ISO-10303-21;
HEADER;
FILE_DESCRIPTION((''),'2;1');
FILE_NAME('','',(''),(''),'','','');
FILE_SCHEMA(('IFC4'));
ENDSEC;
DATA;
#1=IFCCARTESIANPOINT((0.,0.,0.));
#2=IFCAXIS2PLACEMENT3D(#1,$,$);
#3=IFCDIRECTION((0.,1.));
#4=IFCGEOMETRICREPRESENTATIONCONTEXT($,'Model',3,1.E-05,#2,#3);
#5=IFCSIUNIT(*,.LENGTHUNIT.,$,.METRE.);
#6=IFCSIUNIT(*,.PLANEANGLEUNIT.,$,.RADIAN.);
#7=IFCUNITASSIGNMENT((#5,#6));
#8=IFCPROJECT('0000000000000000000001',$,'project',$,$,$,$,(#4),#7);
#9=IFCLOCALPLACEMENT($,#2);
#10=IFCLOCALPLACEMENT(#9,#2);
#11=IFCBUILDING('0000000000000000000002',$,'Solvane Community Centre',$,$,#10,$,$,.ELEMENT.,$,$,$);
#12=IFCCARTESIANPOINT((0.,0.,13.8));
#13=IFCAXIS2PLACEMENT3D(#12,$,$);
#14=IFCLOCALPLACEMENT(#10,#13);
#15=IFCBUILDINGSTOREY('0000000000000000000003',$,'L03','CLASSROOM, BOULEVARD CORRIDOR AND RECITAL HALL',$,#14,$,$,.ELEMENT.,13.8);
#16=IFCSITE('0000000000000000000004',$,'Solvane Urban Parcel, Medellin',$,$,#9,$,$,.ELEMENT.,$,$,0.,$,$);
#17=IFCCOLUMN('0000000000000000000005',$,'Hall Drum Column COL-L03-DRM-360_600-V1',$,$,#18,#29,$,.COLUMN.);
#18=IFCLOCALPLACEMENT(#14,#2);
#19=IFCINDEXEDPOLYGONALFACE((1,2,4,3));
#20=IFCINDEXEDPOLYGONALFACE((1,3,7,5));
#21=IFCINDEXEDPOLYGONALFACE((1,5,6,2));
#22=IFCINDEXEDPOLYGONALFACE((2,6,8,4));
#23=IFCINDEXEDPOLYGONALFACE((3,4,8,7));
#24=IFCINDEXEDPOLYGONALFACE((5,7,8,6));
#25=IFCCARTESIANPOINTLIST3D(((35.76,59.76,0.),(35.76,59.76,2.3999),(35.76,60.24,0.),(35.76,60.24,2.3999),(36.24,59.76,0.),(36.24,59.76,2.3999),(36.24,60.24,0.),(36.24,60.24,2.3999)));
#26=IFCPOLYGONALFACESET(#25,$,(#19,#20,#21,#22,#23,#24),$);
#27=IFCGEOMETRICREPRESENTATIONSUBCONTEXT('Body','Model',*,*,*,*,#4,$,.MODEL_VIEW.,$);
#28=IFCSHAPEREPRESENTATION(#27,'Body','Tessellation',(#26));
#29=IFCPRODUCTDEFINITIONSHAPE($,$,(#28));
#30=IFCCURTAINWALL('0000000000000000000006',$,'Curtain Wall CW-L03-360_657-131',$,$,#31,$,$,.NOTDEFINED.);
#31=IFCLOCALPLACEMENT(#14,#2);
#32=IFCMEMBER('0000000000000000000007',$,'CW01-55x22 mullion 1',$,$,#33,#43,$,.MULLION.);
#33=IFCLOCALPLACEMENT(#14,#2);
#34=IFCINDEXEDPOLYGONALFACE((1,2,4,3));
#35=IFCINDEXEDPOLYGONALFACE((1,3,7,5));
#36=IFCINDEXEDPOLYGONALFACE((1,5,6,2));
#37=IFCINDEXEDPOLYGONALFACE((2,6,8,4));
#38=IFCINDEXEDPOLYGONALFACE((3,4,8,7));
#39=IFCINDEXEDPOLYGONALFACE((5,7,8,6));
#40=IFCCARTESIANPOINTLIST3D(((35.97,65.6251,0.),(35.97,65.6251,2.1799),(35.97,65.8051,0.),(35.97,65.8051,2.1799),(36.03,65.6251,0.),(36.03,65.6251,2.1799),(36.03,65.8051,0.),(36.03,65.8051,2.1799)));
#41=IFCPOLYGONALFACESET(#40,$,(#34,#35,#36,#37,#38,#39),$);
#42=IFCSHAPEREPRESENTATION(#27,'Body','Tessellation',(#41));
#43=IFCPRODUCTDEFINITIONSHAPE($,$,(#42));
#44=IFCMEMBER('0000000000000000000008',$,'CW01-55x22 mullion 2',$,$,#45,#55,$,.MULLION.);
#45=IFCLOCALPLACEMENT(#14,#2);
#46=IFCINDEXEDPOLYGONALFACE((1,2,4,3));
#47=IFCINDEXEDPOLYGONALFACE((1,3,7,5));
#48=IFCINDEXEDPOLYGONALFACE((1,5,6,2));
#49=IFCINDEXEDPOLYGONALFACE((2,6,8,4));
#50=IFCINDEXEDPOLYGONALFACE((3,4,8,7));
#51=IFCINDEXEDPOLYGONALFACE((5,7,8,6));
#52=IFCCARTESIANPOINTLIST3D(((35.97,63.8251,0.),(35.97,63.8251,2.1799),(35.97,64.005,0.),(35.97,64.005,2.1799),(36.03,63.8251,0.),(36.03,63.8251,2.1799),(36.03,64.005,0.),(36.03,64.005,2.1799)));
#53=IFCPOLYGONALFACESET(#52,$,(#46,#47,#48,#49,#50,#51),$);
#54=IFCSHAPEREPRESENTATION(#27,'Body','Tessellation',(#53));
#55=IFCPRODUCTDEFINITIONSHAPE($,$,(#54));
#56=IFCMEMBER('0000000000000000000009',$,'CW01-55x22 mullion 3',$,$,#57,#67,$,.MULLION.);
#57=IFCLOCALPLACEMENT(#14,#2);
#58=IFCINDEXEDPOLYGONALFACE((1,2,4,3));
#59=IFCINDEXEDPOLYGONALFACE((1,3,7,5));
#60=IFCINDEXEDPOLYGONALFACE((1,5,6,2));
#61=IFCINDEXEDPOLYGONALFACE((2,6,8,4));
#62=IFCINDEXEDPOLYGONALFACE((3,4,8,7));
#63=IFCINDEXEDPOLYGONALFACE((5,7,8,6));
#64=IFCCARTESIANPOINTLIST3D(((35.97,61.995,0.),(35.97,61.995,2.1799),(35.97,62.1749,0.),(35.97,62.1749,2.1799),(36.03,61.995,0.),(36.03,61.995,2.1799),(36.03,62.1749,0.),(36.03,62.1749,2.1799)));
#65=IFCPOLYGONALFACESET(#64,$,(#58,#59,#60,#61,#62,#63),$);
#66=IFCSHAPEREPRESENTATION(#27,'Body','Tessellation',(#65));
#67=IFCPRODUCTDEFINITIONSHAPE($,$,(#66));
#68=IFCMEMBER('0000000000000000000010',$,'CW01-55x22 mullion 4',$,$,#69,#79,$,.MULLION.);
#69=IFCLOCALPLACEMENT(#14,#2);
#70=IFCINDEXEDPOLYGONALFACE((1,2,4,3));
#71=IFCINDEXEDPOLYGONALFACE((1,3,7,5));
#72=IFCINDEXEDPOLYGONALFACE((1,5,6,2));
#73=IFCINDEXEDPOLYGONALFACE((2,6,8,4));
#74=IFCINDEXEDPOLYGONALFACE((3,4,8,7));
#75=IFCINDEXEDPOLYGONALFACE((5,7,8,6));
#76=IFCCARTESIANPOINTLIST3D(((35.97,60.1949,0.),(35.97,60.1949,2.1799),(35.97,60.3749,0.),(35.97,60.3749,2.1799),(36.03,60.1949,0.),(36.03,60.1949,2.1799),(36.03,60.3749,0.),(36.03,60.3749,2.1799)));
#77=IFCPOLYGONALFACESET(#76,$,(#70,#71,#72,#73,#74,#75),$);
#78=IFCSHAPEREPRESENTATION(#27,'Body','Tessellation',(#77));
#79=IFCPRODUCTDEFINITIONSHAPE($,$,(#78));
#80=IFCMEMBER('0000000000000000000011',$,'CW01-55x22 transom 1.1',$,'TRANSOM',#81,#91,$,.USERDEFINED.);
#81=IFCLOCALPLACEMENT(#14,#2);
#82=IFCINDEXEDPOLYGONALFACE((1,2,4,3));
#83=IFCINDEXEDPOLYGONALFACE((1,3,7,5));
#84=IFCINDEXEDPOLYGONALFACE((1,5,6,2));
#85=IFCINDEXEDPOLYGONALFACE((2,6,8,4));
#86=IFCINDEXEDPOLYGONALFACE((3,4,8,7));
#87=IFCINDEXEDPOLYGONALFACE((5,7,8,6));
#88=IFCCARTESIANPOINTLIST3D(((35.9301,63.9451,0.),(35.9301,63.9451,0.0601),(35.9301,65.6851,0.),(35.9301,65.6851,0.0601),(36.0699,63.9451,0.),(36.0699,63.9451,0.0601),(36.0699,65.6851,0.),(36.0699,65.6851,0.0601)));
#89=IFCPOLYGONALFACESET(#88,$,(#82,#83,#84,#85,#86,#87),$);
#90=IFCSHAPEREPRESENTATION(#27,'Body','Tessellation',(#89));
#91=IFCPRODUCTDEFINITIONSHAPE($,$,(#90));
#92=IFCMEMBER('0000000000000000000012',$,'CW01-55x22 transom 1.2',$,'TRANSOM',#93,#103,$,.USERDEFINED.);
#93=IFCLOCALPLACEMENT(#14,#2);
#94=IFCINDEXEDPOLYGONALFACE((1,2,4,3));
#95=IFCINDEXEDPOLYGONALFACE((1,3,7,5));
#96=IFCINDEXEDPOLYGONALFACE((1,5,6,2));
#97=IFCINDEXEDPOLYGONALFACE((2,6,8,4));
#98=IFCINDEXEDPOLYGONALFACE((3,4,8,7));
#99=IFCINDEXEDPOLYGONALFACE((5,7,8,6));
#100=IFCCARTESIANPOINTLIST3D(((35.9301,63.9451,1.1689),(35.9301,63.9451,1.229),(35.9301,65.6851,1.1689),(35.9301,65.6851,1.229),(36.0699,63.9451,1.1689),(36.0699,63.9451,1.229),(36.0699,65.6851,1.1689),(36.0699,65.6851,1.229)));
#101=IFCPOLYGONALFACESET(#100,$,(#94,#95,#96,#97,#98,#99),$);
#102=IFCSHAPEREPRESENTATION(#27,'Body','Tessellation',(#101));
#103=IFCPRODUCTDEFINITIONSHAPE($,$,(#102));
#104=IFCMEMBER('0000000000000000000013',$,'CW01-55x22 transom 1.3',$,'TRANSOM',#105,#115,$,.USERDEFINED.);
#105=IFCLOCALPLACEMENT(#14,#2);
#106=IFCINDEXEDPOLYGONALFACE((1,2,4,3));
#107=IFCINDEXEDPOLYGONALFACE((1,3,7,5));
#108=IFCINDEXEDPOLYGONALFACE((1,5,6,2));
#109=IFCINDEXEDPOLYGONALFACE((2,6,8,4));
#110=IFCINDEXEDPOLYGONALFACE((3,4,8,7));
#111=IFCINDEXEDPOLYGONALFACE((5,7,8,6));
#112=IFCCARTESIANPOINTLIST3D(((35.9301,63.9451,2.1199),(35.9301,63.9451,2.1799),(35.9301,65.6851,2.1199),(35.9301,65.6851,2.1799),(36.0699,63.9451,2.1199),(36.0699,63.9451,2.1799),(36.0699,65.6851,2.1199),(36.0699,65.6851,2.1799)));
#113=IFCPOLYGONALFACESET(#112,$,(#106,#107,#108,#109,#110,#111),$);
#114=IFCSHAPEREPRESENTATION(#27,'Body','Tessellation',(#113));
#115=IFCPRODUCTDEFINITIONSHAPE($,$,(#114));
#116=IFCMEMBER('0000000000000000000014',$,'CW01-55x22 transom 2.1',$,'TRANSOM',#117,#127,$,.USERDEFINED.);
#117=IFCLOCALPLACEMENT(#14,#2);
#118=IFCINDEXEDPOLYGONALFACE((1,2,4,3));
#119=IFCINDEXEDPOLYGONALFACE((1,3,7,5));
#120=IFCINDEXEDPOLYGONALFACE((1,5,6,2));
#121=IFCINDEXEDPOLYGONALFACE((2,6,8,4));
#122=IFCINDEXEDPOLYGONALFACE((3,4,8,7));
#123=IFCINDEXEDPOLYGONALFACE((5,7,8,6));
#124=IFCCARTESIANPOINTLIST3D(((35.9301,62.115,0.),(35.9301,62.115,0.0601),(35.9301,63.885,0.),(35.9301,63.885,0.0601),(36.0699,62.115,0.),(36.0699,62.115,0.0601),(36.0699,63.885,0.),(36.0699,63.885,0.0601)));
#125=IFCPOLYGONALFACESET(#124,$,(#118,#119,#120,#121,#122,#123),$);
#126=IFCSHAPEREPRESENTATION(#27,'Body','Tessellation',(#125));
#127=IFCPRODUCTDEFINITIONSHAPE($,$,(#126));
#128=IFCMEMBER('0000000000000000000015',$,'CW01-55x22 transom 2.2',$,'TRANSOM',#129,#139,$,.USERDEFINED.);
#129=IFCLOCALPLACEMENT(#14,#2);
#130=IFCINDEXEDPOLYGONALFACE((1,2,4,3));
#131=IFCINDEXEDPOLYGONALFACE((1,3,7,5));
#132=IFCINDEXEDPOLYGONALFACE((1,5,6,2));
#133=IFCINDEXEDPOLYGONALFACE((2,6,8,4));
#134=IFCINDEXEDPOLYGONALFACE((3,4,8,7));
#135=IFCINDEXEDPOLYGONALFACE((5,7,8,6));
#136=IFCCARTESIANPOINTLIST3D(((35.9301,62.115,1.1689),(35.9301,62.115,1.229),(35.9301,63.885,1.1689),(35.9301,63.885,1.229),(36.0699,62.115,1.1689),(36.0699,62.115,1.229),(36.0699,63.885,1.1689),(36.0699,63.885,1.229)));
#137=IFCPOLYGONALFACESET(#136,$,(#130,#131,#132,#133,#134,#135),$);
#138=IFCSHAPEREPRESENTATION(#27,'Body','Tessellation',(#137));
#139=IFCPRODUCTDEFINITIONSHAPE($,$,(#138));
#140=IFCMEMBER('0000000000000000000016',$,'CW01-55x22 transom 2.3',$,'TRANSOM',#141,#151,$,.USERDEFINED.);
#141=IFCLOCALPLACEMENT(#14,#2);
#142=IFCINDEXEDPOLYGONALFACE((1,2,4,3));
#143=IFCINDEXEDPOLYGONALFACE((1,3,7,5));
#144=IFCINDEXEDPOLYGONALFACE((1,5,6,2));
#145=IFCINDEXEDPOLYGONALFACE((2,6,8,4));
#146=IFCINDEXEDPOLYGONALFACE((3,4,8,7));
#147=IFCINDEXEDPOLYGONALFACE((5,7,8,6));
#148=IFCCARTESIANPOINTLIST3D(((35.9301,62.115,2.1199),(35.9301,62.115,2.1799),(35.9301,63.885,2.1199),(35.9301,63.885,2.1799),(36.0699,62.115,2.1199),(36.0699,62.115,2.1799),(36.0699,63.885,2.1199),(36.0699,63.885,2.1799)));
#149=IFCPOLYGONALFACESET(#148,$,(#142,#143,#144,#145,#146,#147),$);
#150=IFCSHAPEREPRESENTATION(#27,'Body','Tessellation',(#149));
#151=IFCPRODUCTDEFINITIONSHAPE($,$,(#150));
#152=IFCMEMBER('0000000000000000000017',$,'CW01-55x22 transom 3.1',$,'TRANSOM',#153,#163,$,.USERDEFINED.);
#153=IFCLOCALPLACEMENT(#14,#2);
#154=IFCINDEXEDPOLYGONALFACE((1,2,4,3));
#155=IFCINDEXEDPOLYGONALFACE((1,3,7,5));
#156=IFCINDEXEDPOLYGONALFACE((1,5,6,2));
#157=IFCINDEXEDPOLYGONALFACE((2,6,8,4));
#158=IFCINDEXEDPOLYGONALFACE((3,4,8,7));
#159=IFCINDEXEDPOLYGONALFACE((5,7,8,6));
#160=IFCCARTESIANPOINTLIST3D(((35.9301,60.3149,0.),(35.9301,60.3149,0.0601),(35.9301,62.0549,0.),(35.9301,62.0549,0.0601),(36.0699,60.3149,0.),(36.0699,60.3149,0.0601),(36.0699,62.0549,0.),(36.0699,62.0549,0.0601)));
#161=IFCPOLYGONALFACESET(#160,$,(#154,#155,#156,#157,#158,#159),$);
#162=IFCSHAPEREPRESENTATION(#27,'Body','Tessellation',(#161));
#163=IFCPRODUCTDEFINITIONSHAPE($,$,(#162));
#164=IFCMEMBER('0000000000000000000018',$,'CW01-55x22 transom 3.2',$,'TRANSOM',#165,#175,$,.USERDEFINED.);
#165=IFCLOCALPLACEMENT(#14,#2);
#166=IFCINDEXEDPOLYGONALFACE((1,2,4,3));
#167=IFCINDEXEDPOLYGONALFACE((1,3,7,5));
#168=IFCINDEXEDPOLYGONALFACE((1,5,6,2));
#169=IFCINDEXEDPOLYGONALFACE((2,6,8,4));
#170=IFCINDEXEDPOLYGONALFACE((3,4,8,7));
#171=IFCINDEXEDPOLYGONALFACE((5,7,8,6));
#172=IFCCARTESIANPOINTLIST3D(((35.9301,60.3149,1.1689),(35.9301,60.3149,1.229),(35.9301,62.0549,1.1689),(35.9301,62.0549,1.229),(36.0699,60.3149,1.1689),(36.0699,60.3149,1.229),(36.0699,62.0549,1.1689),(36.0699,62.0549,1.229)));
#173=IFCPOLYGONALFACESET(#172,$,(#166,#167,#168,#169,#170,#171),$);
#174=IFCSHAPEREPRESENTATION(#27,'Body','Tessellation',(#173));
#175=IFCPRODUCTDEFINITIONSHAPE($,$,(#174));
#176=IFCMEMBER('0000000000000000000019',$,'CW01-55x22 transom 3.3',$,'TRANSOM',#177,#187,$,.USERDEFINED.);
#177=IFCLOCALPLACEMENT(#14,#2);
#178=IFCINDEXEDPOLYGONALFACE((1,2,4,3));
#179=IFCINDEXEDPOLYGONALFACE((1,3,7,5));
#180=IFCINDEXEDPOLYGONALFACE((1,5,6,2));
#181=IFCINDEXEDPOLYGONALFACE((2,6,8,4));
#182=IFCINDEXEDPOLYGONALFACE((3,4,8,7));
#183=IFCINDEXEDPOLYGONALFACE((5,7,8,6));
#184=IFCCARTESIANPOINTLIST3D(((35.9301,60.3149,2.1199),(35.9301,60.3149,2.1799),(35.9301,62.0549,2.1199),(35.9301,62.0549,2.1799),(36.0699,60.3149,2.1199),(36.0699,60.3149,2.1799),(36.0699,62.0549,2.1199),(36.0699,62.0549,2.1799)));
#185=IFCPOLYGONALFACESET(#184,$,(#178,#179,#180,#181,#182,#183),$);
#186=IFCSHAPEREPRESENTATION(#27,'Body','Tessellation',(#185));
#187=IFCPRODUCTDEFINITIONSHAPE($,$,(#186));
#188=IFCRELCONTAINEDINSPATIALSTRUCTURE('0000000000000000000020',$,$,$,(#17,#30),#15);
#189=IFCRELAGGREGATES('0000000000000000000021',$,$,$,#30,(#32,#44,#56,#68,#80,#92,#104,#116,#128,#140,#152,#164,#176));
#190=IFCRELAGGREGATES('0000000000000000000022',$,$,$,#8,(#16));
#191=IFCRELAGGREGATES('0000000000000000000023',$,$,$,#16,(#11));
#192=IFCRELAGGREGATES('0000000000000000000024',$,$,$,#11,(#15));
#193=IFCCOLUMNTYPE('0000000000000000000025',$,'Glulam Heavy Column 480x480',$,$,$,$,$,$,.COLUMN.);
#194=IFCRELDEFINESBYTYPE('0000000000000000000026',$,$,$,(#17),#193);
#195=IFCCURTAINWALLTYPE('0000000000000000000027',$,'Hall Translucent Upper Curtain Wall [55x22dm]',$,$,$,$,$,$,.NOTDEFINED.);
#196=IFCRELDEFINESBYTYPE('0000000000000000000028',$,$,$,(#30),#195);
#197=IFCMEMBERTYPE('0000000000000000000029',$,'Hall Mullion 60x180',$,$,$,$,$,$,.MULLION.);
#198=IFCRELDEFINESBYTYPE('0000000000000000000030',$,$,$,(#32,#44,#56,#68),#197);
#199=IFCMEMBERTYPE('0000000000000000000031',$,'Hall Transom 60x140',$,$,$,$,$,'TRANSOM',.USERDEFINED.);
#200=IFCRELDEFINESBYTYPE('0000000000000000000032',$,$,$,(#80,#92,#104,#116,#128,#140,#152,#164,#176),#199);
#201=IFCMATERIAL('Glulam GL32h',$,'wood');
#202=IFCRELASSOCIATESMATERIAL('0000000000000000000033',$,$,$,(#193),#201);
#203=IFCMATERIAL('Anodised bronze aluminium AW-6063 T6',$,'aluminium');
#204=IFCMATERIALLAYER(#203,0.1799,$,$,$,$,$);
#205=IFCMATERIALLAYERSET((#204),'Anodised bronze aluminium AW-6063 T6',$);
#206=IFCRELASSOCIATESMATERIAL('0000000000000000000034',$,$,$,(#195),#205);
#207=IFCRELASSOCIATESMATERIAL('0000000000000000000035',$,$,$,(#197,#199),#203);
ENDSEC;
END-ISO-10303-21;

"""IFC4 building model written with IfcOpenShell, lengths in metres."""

from ifc_helpers import new_model, si_unit, direction, frame, origin, origin_2d, place, context, subcontext, project, spatial, rectangle, extrude, material, layer, layer_set, material_profile, profile_set, type_object, element, aggregate, save


model = new_model("IFC4")

# Units and contexts
model_context = context("Model", 3, precision=1e-05, world=origin(), true_north=direction((0.0, 1.0)))
body_context = subcontext(model_context, "Body", "Model", "MODEL_VIEW")
ifc_project = project(units=[si_unit("LENGTHUNIT", "METRE"), si_unit("PLANEANGLEUNIT", "RADIAN")], contexts=[model_context])

# Site, building, storey
site_placement = place(None, origin())
site = spatial("IfcSite", under=ifc_project, at=site_placement, Name="Solvane Urban Parcel, Medellin", CompositionType="ELEMENT", RefElevation=0.0)
building_placement = place(site_placement, origin())
building = spatial("IfcBuilding", under=site, at=building_placement, Name="Solvane Community Centre", CompositionType="ELEMENT")
storey_placement = place(building_placement, frame((0.0, 0.0, 13.8)))
storey = spatial("IfcBuildingStorey", under=building, at=storey_placement, Name="L03", Description="CLASSROOM, BOULEVARD CORRIDOR AND RECITAL HALL", CompositionType="ELEMENT", Elevation=13.8)

# Column
ifc_material_1 = material(Name="Glulam GL32h", Category="wood")
ifc_material_profile_1 = material_profile(ifc_material_1, rectangle(XDim=0.48, YDim=0.48, at=origin_2d()), Name="GL32h 480x480")
ifc_profile_set_1 = profile_set([ifc_material_profile_1], Name="Glulam GL32h")
column_type = type_object("IfcColumnType", Name="Glulam Heavy Column 480x480", PredefinedType="COLUMN", material=ifc_profile_set_1)
column_placement = place(storey_placement, frame((36.0, 60.0, 0.0), z_axis=(0.0, 0.0, 1.0), x_axis=(1.0, 0.0, 0.0)))
element("IfcColumn", 1, at=column_placement, inside=storey, type_object=column_type, Name="Hall Drum Column COL-L03-DRM-360_600-V1", PredefinedType="COLUMN", context=body_context, shape_type="SweptSolid", body=[
    extrude(rectangle(XDim=0.48, YDim=0.48, at=origin_2d()), origin(), (0.0, 0.0, 1.0), 2.3999),
])

# Curtain wall, members
ifc_material_2 = material(Name="Anodised bronze aluminium AW-6063 T6", Category="aluminium")
ifc_layer_1 = layer(ifc_material_2, 0.1799)
ifc_layer_set_1 = layer_set([ifc_layer_1], Name="Anodised bronze aluminium AW-6063 T6")
curtain_wall_type = type_object("IfcCurtainWallType", Name="Hall Translucent Upper Curtain Wall [55x22dm]", PredefinedType="NOTDEFINED", material=ifc_layer_set_1)
curtain_wall_placement = place(storey_placement, origin())
curtain_wall = element("IfcCurtainWall", 2, at=curtain_wall_placement, inside=storey, type_object=curtain_wall_type, Name="Curtain Wall CW-L03-360_657-131", PredefinedType="NOTDEFINED")
ifc_material_profile_2 = material_profile(ifc_material_2, rectangle(XDim=0.0601, YDim=0.1799, at=origin_2d()), Name="CW-M 60x180")
ifc_profile_set_2 = profile_set([ifc_material_profile_2], Name="Anodised bronze aluminium AW-6063 T6")
member_type_1 = type_object("IfcMemberType", Name="Hall Mullion 60x180", PredefinedType="MULLION", material=ifc_profile_set_2)
member_1_placement = place(storey_placement, frame((36.0, 65.7151, 0.0), z_axis=(0.0, 0.0, 1.0), x_axis=(1.0, 0.0, 0.0)))
member_1 = element("IfcMember", 3, at=member_1_placement, type_object=member_type_1, Name="CW01-55x22 mullion 1", PredefinedType="MULLION", context=body_context, shape_type="SweptSolid", body=[
    extrude(rectangle(XDim=0.0601, YDim=0.1799, at=origin_2d()), origin(), (0.0, 0.0, 1.0), 2.1799),
])
member_2_placement = place(storey_placement, frame((36.0, 63.915, 0.0), z_axis=(0.0, 0.0, 1.0), x_axis=(1.0, 0.0, 0.0)))
member_2 = element("IfcMember", 4, at=member_2_placement, type_object=member_type_1, Name="CW01-55x22 mullion 2", PredefinedType="MULLION", context=body_context, shape_type="SweptSolid", body=[
    extrude(rectangle(XDim=0.0601, YDim=0.1799, at=origin_2d()), origin(), (0.0, 0.0, 1.0), 2.1799),
])
member_3_placement = place(storey_placement, frame((36.0, 62.085, 0.0), z_axis=(0.0, 0.0, 1.0), x_axis=(1.0, 0.0, 0.0)))
member_3 = element("IfcMember", 5, at=member_3_placement, type_object=member_type_1, Name="CW01-55x22 mullion 3", PredefinedType="MULLION", context=body_context, shape_type="SweptSolid", body=[
    extrude(rectangle(XDim=0.0601, YDim=0.1799, at=origin_2d()), origin(), (0.0, 0.0, 1.0), 2.1799),
])
member_4_placement = place(storey_placement, frame((36.0, 60.2849, 0.0), z_axis=(0.0, 0.0, 1.0), x_axis=(1.0, 0.0, 0.0)))
member_4 = element("IfcMember", 6, at=member_4_placement, type_object=member_type_1, Name="CW01-55x22 mullion 4", PredefinedType="MULLION", context=body_context, shape_type="SweptSolid", body=[
    extrude(rectangle(XDim=0.0601, YDim=0.1799, at=origin_2d()), origin(), (0.0, 0.0, 1.0), 2.1799),
])
ifc_material_profile_3 = material_profile(ifc_material_2, rectangle(XDim=0.1399, YDim=0.0601, at=origin_2d()), Name="CW-T 60x140")
ifc_profile_set_3 = profile_set([ifc_material_profile_3], Name="Anodised bronze aluminium AW-6063 T6")
member_type_2 = type_object("IfcMemberType", Name="Hall Transom 60x140", ElementType="TRANSOM", PredefinedType="USERDEFINED", material=ifc_profile_set_3)
member_5_placement = place(storey_placement, frame((36.0, 65.6851, 0.03), z_axis=(0.0, -1.0, 0.0), x_axis=(1.0, 0.0, 0.0)))
member_5 = element("IfcMember", 7, at=member_5_placement, type_object=member_type_2, Name="CW01-55x22 transom 1.1", ObjectType="TRANSOM", PredefinedType="USERDEFINED", context=body_context, shape_type="SweptSolid", body=[
    extrude(rectangle(XDim=0.1399, YDim=0.0601, at=origin_2d()), origin(), (0.0, 0.0, 1.0), 1.74),
])
member_6_placement = place(storey_placement, frame((36.0, 65.6851, 1.199), z_axis=(0.0, -1.0, 0.0), x_axis=(1.0, 0.0, 0.0)))
member_6 = element("IfcMember", 8, at=member_6_placement, type_object=member_type_2, Name="CW01-55x22 transom 1.2", ObjectType="TRANSOM", PredefinedType="USERDEFINED", context=body_context, shape_type="SweptSolid", body=[
    extrude(rectangle(XDim=0.1399, YDim=0.0601, at=origin_2d()), origin(), (0.0, 0.0, 1.0), 1.74),
])
member_7_placement = place(storey_placement, frame((36.0, 65.6851, 2.1499), z_axis=(0.0, -1.0, 0.0), x_axis=(1.0, 0.0, 0.0)))
member_7 = element("IfcMember", 9, at=member_7_placement, type_object=member_type_2, Name="CW01-55x22 transom 1.3", ObjectType="TRANSOM", PredefinedType="USERDEFINED", context=body_context, shape_type="SweptSolid", body=[
    extrude(rectangle(XDim=0.1399, YDim=0.0601, at=origin_2d()), origin(), (0.0, 0.0, 1.0), 1.74),
])
member_8_placement = place(storey_placement, frame((36.0, 63.885, 0.03), z_axis=(0.0, -1.0, 0.0), x_axis=(1.0, 0.0, 0.0)))
member_8 = element("IfcMember", 10, at=member_8_placement, type_object=member_type_2, Name="CW01-55x22 transom 2.1", ObjectType="TRANSOM", PredefinedType="USERDEFINED", context=body_context, shape_type="SweptSolid", body=[
    extrude(rectangle(XDim=0.1399, YDim=0.0601, at=origin_2d()), origin(), (0.0, 0.0, 1.0), 1.77),
])
member_9_placement = place(storey_placement, frame((36.0, 63.885, 1.199), z_axis=(0.0, -1.0, 0.0), x_axis=(1.0, 0.0, 0.0)))
member_9 = element("IfcMember", 11, at=member_9_placement, type_object=member_type_2, Name="CW01-55x22 transom 2.2", ObjectType="TRANSOM", PredefinedType="USERDEFINED", context=body_context, shape_type="SweptSolid", body=[
    extrude(rectangle(XDim=0.1399, YDim=0.0601, at=origin_2d()), origin(), (0.0, 0.0, 1.0), 1.77),
])
member_10_placement = place(storey_placement, frame((36.0, 63.885, 2.1499), z_axis=(0.0, -1.0, 0.0), x_axis=(1.0, 0.0, 0.0)))
member_10 = element("IfcMember", 12, at=member_10_placement, type_object=member_type_2, Name="CW01-55x22 transom 2.3", ObjectType="TRANSOM", PredefinedType="USERDEFINED", context=body_context, shape_type="SweptSolid", body=[
    extrude(rectangle(XDim=0.1399, YDim=0.0601, at=origin_2d()), origin(), (0.0, 0.0, 1.0), 1.77),
])
member_11_placement = place(storey_placement, frame((36.0, 62.0549, 0.03), z_axis=(0.0, -1.0, 0.0), x_axis=(1.0, 0.0, 0.0)))
member_11 = element("IfcMember", 13, at=member_11_placement, type_object=member_type_2, Name="CW01-55x22 transom 3.1", ObjectType="TRANSOM", PredefinedType="USERDEFINED", context=body_context, shape_type="SweptSolid", body=[
    extrude(rectangle(XDim=0.1399, YDim=0.0601, at=origin_2d()), origin(), (0.0, 0.0, 1.0), 1.74),
])
member_12_placement = place(storey_placement, frame((36.0, 62.0549, 1.199), z_axis=(0.0, -1.0, 0.0), x_axis=(1.0, 0.0, 0.0)))
member_12 = element("IfcMember", 14, at=member_12_placement, type_object=member_type_2, Name="CW01-55x22 transom 3.2", ObjectType="TRANSOM", PredefinedType="USERDEFINED", context=body_context, shape_type="SweptSolid", body=[
    extrude(rectangle(XDim=0.1399, YDim=0.0601, at=origin_2d()), origin(), (0.0, 0.0, 1.0), 1.74),
])
member_13_placement = place(storey_placement, frame((36.0, 62.0549, 2.1499), z_axis=(0.0, -1.0, 0.0), x_axis=(1.0, 0.0, 0.0)))
member_13 = element("IfcMember", 15, at=member_13_placement, type_object=member_type_2, Name="CW01-55x22 transom 3.3", ObjectType="TRANSOM", PredefinedType="USERDEFINED", context=body_context, shape_type="SweptSolid", body=[
    extrude(rectangle(XDim=0.1399, YDim=0.0601, at=origin_2d()), origin(), (0.0, 0.0, 1.0), 1.74),
])

aggregate(curtain_wall, [member_1, member_2, member_3, member_4, member_5, member_6, member_7, member_8, member_9, member_10, member_11, member_12, member_13])

save(model, "model.ifc")
